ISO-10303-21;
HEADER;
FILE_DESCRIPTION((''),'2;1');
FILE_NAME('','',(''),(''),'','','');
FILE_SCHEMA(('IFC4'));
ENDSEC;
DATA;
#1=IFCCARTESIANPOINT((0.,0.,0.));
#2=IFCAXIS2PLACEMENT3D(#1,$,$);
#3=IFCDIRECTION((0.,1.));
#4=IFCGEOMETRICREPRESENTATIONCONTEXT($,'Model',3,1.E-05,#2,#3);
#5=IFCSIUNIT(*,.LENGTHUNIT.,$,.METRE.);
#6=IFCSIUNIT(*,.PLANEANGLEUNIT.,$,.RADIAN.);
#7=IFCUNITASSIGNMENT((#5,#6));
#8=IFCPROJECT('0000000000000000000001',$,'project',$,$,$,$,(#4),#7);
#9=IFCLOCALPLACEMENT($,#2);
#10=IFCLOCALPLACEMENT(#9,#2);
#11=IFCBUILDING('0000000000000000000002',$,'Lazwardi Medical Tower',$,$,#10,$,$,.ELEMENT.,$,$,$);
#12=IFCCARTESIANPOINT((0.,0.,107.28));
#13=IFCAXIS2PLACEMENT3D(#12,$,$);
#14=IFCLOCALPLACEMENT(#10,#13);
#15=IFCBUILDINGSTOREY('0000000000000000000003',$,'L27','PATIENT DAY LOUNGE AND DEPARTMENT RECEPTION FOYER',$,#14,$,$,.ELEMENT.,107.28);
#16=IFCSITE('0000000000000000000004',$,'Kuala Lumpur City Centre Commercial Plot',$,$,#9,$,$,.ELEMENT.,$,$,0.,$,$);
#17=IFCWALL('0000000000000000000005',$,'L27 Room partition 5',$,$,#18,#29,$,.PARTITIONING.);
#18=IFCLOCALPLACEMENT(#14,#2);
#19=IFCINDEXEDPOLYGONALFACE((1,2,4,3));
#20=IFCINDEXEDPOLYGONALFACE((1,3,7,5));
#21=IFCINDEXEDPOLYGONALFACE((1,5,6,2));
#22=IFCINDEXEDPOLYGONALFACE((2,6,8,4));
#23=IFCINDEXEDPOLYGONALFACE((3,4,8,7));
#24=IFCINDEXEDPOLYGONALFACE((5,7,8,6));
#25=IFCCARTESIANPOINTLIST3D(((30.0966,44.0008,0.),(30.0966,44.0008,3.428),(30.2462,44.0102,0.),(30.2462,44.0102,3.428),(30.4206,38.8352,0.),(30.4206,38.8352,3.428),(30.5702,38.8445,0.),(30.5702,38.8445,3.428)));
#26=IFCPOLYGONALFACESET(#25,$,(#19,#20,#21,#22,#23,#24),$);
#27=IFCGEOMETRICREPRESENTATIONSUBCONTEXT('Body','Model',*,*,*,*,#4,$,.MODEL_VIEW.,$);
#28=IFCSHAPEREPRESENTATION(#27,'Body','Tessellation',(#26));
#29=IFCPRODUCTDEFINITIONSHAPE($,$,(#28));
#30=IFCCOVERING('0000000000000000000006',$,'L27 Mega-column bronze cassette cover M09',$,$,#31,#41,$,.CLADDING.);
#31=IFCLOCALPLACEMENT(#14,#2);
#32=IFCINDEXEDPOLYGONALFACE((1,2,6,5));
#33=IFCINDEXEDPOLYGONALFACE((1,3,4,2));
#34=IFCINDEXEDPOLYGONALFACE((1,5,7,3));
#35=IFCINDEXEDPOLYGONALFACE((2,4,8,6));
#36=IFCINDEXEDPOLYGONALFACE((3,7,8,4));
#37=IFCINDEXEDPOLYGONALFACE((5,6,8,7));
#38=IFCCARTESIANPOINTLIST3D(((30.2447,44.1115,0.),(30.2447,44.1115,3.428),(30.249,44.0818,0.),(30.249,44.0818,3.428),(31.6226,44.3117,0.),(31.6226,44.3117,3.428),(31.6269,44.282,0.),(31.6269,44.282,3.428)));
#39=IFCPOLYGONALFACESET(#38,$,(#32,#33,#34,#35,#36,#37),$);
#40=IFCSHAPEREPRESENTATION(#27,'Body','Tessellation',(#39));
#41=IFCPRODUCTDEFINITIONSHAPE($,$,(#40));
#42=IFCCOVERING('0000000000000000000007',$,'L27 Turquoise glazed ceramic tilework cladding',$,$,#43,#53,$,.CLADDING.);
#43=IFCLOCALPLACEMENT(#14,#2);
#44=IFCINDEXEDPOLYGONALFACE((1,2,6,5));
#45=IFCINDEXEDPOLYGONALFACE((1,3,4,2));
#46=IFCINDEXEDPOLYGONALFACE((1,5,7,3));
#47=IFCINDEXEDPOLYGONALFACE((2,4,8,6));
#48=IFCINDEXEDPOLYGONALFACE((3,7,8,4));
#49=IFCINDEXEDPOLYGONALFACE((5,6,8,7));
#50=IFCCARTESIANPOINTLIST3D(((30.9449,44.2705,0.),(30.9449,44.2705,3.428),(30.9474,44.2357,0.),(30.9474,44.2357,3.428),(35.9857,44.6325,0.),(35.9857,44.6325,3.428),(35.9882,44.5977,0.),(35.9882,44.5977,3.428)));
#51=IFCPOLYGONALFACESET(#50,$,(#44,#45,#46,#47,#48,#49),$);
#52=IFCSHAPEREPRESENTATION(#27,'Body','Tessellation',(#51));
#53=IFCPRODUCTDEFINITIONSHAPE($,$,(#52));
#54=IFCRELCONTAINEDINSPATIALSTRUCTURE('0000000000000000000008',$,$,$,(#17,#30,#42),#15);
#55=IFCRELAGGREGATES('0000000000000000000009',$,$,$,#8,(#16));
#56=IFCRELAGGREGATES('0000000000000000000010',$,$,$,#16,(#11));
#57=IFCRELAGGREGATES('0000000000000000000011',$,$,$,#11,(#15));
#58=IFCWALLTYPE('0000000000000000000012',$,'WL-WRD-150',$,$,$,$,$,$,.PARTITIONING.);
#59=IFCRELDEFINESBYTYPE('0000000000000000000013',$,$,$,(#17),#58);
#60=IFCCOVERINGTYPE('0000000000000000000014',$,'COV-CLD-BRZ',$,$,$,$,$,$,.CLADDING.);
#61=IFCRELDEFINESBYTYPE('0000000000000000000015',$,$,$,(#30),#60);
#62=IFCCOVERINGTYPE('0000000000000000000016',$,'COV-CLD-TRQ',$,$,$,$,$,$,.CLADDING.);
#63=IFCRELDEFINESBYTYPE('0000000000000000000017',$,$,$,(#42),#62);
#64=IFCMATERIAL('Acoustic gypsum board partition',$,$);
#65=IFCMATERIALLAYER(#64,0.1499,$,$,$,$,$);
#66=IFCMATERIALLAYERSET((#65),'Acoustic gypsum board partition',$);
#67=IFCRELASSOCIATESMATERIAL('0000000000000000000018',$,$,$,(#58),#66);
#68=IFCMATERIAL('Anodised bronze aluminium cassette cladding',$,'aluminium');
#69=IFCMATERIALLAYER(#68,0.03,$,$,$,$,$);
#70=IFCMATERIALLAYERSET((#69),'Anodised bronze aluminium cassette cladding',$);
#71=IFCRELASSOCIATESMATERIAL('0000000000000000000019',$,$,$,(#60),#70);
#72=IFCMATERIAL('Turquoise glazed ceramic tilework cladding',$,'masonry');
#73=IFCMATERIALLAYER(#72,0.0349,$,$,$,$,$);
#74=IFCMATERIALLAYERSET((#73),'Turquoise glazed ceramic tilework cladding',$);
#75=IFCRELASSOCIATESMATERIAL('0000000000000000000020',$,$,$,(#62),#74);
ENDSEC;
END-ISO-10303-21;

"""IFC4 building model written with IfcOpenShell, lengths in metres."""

from ifc_helpers import new_model, si_unit, direction, frame, frame_2d, origin, origin_2d, place, context, subcontext, project, spatial, rectangle, extrude, material, layer, layer_set, type_object, element, save


model = new_model("IFC4")

# Units and contexts
model_context = context("Model", 3, precision=1e-05, world=origin(), true_north=direction((0.0, 1.0)))
body_context = subcontext(model_context, "Body", "Model", "MODEL_VIEW")
ifc_project = project(units=[si_unit("LENGTHUNIT", "METRE"), si_unit("PLANEANGLEUNIT", "RADIAN")], contexts=[model_context])

# Site, building, storey
site_placement = place(None, origin())
site = spatial("IfcSite", under=ifc_project, at=site_placement, Name="Kuala Lumpur City Centre Commercial Plot", CompositionType="ELEMENT", RefElevation=0.0)
building_placement = place(site_placement, origin())
building = spatial("IfcBuilding", under=site, at=building_placement, Name="Lazwardi Medical Tower", CompositionType="ELEMENT")
storey_placement = place(building_placement, frame((0.0, 0.0, 107.28)))
storey = spatial("IfcBuildingStorey", under=building, at=storey_placement, Name="L27", Description="PATIENT DAY LOUNGE AND DEPARTMENT RECEPTION FOYER", CompositionType="ELEMENT", Elevation=107.28)

# Wall
ifc_material_1 = material(Name="Acoustic gypsum board partition")
ifc_layer_1 = layer(ifc_material_1, 0.1499)
ifc_layer_set_1 = layer_set([ifc_layer_1], Name="Acoustic gypsum board partition")
wall_type_1 = type_object("IfcWallType", Name="WL-WRD-150", PredefinedType="PARTITIONING", material=ifc_layer_set_1)
wall_1_placement = place(storey_placement, frame((30.4954, 38.8398, 0.0), z_axis=(0.0, 0.0, 1.0), x_axis=(-0.062596, 0.998039, 0.0)))
element("IfcWall", 1, at=wall_1_placement, inside=storey, type_object=wall_type_1, Name="L27 Room partition 5", PredefinedType="PARTITIONING", context=body_context, shape_type="SweptSolid", body=[
    extrude(rectangle(XDim=5.1758, YDim=0.1499, at=frame_2d((2.5879, 0.0))), origin(), (0.0, 0.0, 1.0), 3.428),
])

# Coverings
ifc_material_2 = material(Name="Anodised bronze aluminium cassette cladding", Category="aluminium")
ifc_layer_2 = layer(ifc_material_2, 0.03)
ifc_layer_set_2 = layer_set([ifc_layer_2], Name="Anodised bronze aluminium cassette cladding")
covering_type_1 = type_object("IfcCoveringType", Name="COV-CLD-BRZ", PredefinedType="CLADDING", material=ifc_layer_set_2)
covering_1_placement = place(storey_placement, frame((30.9358, 44.1968, 0.0), z_axis=(0.0, 0.0, 1.0), x_axis=(-0.989609, -0.143785, 0.0)))
element("IfcCovering", 2, at=covering_1_placement, inside=storey, type_object=covering_type_1, Name="L27 Mega-column bronze cassette cover M09", PredefinedType="CLADDING", context=body_context, shape_type="SweptSolid", body=[
    extrude(rectangle(XDim=1.3923, YDim=0.03, at=origin_2d()), origin(), (0.0, 0.0, 1.0), 3.428),
])
ifc_material_3 = material(Name="Turquoise glazed ceramic tilework cladding", Category="masonry")
ifc_layer_3 = layer(ifc_material_3, 0.0349)
ifc_layer_set_3 = layer_set([ifc_layer_3], Name="Turquoise glazed ceramic tilework cladding")
covering_type_2 = type_object("IfcCoveringType", Name="COV-CLD-TRQ", PredefinedType="CLADDING", material=ifc_layer_set_3)
covering_2_placement = place(storey_placement, frame((33.4666, 44.4341, 0.0), z_axis=(0.0, 0.0, 1.0), x_axis=(-0.997431, -0.071631, 0.0)))
element("IfcCovering", 3, at=covering_2_placement, inside=storey, type_object=covering_type_2, Name="L27 Turquoise glazed ceramic tilework cladding", PredefinedType="CLADDING", context=body_context, shape_type="SweptSolid", body=[
    extrude(rectangle(XDim=5.0537, YDim=0.0349, at=origin_2d()), origin(), (0.0, 0.0, 1.0), 3.428),
])

save(model, "model.ifc")
